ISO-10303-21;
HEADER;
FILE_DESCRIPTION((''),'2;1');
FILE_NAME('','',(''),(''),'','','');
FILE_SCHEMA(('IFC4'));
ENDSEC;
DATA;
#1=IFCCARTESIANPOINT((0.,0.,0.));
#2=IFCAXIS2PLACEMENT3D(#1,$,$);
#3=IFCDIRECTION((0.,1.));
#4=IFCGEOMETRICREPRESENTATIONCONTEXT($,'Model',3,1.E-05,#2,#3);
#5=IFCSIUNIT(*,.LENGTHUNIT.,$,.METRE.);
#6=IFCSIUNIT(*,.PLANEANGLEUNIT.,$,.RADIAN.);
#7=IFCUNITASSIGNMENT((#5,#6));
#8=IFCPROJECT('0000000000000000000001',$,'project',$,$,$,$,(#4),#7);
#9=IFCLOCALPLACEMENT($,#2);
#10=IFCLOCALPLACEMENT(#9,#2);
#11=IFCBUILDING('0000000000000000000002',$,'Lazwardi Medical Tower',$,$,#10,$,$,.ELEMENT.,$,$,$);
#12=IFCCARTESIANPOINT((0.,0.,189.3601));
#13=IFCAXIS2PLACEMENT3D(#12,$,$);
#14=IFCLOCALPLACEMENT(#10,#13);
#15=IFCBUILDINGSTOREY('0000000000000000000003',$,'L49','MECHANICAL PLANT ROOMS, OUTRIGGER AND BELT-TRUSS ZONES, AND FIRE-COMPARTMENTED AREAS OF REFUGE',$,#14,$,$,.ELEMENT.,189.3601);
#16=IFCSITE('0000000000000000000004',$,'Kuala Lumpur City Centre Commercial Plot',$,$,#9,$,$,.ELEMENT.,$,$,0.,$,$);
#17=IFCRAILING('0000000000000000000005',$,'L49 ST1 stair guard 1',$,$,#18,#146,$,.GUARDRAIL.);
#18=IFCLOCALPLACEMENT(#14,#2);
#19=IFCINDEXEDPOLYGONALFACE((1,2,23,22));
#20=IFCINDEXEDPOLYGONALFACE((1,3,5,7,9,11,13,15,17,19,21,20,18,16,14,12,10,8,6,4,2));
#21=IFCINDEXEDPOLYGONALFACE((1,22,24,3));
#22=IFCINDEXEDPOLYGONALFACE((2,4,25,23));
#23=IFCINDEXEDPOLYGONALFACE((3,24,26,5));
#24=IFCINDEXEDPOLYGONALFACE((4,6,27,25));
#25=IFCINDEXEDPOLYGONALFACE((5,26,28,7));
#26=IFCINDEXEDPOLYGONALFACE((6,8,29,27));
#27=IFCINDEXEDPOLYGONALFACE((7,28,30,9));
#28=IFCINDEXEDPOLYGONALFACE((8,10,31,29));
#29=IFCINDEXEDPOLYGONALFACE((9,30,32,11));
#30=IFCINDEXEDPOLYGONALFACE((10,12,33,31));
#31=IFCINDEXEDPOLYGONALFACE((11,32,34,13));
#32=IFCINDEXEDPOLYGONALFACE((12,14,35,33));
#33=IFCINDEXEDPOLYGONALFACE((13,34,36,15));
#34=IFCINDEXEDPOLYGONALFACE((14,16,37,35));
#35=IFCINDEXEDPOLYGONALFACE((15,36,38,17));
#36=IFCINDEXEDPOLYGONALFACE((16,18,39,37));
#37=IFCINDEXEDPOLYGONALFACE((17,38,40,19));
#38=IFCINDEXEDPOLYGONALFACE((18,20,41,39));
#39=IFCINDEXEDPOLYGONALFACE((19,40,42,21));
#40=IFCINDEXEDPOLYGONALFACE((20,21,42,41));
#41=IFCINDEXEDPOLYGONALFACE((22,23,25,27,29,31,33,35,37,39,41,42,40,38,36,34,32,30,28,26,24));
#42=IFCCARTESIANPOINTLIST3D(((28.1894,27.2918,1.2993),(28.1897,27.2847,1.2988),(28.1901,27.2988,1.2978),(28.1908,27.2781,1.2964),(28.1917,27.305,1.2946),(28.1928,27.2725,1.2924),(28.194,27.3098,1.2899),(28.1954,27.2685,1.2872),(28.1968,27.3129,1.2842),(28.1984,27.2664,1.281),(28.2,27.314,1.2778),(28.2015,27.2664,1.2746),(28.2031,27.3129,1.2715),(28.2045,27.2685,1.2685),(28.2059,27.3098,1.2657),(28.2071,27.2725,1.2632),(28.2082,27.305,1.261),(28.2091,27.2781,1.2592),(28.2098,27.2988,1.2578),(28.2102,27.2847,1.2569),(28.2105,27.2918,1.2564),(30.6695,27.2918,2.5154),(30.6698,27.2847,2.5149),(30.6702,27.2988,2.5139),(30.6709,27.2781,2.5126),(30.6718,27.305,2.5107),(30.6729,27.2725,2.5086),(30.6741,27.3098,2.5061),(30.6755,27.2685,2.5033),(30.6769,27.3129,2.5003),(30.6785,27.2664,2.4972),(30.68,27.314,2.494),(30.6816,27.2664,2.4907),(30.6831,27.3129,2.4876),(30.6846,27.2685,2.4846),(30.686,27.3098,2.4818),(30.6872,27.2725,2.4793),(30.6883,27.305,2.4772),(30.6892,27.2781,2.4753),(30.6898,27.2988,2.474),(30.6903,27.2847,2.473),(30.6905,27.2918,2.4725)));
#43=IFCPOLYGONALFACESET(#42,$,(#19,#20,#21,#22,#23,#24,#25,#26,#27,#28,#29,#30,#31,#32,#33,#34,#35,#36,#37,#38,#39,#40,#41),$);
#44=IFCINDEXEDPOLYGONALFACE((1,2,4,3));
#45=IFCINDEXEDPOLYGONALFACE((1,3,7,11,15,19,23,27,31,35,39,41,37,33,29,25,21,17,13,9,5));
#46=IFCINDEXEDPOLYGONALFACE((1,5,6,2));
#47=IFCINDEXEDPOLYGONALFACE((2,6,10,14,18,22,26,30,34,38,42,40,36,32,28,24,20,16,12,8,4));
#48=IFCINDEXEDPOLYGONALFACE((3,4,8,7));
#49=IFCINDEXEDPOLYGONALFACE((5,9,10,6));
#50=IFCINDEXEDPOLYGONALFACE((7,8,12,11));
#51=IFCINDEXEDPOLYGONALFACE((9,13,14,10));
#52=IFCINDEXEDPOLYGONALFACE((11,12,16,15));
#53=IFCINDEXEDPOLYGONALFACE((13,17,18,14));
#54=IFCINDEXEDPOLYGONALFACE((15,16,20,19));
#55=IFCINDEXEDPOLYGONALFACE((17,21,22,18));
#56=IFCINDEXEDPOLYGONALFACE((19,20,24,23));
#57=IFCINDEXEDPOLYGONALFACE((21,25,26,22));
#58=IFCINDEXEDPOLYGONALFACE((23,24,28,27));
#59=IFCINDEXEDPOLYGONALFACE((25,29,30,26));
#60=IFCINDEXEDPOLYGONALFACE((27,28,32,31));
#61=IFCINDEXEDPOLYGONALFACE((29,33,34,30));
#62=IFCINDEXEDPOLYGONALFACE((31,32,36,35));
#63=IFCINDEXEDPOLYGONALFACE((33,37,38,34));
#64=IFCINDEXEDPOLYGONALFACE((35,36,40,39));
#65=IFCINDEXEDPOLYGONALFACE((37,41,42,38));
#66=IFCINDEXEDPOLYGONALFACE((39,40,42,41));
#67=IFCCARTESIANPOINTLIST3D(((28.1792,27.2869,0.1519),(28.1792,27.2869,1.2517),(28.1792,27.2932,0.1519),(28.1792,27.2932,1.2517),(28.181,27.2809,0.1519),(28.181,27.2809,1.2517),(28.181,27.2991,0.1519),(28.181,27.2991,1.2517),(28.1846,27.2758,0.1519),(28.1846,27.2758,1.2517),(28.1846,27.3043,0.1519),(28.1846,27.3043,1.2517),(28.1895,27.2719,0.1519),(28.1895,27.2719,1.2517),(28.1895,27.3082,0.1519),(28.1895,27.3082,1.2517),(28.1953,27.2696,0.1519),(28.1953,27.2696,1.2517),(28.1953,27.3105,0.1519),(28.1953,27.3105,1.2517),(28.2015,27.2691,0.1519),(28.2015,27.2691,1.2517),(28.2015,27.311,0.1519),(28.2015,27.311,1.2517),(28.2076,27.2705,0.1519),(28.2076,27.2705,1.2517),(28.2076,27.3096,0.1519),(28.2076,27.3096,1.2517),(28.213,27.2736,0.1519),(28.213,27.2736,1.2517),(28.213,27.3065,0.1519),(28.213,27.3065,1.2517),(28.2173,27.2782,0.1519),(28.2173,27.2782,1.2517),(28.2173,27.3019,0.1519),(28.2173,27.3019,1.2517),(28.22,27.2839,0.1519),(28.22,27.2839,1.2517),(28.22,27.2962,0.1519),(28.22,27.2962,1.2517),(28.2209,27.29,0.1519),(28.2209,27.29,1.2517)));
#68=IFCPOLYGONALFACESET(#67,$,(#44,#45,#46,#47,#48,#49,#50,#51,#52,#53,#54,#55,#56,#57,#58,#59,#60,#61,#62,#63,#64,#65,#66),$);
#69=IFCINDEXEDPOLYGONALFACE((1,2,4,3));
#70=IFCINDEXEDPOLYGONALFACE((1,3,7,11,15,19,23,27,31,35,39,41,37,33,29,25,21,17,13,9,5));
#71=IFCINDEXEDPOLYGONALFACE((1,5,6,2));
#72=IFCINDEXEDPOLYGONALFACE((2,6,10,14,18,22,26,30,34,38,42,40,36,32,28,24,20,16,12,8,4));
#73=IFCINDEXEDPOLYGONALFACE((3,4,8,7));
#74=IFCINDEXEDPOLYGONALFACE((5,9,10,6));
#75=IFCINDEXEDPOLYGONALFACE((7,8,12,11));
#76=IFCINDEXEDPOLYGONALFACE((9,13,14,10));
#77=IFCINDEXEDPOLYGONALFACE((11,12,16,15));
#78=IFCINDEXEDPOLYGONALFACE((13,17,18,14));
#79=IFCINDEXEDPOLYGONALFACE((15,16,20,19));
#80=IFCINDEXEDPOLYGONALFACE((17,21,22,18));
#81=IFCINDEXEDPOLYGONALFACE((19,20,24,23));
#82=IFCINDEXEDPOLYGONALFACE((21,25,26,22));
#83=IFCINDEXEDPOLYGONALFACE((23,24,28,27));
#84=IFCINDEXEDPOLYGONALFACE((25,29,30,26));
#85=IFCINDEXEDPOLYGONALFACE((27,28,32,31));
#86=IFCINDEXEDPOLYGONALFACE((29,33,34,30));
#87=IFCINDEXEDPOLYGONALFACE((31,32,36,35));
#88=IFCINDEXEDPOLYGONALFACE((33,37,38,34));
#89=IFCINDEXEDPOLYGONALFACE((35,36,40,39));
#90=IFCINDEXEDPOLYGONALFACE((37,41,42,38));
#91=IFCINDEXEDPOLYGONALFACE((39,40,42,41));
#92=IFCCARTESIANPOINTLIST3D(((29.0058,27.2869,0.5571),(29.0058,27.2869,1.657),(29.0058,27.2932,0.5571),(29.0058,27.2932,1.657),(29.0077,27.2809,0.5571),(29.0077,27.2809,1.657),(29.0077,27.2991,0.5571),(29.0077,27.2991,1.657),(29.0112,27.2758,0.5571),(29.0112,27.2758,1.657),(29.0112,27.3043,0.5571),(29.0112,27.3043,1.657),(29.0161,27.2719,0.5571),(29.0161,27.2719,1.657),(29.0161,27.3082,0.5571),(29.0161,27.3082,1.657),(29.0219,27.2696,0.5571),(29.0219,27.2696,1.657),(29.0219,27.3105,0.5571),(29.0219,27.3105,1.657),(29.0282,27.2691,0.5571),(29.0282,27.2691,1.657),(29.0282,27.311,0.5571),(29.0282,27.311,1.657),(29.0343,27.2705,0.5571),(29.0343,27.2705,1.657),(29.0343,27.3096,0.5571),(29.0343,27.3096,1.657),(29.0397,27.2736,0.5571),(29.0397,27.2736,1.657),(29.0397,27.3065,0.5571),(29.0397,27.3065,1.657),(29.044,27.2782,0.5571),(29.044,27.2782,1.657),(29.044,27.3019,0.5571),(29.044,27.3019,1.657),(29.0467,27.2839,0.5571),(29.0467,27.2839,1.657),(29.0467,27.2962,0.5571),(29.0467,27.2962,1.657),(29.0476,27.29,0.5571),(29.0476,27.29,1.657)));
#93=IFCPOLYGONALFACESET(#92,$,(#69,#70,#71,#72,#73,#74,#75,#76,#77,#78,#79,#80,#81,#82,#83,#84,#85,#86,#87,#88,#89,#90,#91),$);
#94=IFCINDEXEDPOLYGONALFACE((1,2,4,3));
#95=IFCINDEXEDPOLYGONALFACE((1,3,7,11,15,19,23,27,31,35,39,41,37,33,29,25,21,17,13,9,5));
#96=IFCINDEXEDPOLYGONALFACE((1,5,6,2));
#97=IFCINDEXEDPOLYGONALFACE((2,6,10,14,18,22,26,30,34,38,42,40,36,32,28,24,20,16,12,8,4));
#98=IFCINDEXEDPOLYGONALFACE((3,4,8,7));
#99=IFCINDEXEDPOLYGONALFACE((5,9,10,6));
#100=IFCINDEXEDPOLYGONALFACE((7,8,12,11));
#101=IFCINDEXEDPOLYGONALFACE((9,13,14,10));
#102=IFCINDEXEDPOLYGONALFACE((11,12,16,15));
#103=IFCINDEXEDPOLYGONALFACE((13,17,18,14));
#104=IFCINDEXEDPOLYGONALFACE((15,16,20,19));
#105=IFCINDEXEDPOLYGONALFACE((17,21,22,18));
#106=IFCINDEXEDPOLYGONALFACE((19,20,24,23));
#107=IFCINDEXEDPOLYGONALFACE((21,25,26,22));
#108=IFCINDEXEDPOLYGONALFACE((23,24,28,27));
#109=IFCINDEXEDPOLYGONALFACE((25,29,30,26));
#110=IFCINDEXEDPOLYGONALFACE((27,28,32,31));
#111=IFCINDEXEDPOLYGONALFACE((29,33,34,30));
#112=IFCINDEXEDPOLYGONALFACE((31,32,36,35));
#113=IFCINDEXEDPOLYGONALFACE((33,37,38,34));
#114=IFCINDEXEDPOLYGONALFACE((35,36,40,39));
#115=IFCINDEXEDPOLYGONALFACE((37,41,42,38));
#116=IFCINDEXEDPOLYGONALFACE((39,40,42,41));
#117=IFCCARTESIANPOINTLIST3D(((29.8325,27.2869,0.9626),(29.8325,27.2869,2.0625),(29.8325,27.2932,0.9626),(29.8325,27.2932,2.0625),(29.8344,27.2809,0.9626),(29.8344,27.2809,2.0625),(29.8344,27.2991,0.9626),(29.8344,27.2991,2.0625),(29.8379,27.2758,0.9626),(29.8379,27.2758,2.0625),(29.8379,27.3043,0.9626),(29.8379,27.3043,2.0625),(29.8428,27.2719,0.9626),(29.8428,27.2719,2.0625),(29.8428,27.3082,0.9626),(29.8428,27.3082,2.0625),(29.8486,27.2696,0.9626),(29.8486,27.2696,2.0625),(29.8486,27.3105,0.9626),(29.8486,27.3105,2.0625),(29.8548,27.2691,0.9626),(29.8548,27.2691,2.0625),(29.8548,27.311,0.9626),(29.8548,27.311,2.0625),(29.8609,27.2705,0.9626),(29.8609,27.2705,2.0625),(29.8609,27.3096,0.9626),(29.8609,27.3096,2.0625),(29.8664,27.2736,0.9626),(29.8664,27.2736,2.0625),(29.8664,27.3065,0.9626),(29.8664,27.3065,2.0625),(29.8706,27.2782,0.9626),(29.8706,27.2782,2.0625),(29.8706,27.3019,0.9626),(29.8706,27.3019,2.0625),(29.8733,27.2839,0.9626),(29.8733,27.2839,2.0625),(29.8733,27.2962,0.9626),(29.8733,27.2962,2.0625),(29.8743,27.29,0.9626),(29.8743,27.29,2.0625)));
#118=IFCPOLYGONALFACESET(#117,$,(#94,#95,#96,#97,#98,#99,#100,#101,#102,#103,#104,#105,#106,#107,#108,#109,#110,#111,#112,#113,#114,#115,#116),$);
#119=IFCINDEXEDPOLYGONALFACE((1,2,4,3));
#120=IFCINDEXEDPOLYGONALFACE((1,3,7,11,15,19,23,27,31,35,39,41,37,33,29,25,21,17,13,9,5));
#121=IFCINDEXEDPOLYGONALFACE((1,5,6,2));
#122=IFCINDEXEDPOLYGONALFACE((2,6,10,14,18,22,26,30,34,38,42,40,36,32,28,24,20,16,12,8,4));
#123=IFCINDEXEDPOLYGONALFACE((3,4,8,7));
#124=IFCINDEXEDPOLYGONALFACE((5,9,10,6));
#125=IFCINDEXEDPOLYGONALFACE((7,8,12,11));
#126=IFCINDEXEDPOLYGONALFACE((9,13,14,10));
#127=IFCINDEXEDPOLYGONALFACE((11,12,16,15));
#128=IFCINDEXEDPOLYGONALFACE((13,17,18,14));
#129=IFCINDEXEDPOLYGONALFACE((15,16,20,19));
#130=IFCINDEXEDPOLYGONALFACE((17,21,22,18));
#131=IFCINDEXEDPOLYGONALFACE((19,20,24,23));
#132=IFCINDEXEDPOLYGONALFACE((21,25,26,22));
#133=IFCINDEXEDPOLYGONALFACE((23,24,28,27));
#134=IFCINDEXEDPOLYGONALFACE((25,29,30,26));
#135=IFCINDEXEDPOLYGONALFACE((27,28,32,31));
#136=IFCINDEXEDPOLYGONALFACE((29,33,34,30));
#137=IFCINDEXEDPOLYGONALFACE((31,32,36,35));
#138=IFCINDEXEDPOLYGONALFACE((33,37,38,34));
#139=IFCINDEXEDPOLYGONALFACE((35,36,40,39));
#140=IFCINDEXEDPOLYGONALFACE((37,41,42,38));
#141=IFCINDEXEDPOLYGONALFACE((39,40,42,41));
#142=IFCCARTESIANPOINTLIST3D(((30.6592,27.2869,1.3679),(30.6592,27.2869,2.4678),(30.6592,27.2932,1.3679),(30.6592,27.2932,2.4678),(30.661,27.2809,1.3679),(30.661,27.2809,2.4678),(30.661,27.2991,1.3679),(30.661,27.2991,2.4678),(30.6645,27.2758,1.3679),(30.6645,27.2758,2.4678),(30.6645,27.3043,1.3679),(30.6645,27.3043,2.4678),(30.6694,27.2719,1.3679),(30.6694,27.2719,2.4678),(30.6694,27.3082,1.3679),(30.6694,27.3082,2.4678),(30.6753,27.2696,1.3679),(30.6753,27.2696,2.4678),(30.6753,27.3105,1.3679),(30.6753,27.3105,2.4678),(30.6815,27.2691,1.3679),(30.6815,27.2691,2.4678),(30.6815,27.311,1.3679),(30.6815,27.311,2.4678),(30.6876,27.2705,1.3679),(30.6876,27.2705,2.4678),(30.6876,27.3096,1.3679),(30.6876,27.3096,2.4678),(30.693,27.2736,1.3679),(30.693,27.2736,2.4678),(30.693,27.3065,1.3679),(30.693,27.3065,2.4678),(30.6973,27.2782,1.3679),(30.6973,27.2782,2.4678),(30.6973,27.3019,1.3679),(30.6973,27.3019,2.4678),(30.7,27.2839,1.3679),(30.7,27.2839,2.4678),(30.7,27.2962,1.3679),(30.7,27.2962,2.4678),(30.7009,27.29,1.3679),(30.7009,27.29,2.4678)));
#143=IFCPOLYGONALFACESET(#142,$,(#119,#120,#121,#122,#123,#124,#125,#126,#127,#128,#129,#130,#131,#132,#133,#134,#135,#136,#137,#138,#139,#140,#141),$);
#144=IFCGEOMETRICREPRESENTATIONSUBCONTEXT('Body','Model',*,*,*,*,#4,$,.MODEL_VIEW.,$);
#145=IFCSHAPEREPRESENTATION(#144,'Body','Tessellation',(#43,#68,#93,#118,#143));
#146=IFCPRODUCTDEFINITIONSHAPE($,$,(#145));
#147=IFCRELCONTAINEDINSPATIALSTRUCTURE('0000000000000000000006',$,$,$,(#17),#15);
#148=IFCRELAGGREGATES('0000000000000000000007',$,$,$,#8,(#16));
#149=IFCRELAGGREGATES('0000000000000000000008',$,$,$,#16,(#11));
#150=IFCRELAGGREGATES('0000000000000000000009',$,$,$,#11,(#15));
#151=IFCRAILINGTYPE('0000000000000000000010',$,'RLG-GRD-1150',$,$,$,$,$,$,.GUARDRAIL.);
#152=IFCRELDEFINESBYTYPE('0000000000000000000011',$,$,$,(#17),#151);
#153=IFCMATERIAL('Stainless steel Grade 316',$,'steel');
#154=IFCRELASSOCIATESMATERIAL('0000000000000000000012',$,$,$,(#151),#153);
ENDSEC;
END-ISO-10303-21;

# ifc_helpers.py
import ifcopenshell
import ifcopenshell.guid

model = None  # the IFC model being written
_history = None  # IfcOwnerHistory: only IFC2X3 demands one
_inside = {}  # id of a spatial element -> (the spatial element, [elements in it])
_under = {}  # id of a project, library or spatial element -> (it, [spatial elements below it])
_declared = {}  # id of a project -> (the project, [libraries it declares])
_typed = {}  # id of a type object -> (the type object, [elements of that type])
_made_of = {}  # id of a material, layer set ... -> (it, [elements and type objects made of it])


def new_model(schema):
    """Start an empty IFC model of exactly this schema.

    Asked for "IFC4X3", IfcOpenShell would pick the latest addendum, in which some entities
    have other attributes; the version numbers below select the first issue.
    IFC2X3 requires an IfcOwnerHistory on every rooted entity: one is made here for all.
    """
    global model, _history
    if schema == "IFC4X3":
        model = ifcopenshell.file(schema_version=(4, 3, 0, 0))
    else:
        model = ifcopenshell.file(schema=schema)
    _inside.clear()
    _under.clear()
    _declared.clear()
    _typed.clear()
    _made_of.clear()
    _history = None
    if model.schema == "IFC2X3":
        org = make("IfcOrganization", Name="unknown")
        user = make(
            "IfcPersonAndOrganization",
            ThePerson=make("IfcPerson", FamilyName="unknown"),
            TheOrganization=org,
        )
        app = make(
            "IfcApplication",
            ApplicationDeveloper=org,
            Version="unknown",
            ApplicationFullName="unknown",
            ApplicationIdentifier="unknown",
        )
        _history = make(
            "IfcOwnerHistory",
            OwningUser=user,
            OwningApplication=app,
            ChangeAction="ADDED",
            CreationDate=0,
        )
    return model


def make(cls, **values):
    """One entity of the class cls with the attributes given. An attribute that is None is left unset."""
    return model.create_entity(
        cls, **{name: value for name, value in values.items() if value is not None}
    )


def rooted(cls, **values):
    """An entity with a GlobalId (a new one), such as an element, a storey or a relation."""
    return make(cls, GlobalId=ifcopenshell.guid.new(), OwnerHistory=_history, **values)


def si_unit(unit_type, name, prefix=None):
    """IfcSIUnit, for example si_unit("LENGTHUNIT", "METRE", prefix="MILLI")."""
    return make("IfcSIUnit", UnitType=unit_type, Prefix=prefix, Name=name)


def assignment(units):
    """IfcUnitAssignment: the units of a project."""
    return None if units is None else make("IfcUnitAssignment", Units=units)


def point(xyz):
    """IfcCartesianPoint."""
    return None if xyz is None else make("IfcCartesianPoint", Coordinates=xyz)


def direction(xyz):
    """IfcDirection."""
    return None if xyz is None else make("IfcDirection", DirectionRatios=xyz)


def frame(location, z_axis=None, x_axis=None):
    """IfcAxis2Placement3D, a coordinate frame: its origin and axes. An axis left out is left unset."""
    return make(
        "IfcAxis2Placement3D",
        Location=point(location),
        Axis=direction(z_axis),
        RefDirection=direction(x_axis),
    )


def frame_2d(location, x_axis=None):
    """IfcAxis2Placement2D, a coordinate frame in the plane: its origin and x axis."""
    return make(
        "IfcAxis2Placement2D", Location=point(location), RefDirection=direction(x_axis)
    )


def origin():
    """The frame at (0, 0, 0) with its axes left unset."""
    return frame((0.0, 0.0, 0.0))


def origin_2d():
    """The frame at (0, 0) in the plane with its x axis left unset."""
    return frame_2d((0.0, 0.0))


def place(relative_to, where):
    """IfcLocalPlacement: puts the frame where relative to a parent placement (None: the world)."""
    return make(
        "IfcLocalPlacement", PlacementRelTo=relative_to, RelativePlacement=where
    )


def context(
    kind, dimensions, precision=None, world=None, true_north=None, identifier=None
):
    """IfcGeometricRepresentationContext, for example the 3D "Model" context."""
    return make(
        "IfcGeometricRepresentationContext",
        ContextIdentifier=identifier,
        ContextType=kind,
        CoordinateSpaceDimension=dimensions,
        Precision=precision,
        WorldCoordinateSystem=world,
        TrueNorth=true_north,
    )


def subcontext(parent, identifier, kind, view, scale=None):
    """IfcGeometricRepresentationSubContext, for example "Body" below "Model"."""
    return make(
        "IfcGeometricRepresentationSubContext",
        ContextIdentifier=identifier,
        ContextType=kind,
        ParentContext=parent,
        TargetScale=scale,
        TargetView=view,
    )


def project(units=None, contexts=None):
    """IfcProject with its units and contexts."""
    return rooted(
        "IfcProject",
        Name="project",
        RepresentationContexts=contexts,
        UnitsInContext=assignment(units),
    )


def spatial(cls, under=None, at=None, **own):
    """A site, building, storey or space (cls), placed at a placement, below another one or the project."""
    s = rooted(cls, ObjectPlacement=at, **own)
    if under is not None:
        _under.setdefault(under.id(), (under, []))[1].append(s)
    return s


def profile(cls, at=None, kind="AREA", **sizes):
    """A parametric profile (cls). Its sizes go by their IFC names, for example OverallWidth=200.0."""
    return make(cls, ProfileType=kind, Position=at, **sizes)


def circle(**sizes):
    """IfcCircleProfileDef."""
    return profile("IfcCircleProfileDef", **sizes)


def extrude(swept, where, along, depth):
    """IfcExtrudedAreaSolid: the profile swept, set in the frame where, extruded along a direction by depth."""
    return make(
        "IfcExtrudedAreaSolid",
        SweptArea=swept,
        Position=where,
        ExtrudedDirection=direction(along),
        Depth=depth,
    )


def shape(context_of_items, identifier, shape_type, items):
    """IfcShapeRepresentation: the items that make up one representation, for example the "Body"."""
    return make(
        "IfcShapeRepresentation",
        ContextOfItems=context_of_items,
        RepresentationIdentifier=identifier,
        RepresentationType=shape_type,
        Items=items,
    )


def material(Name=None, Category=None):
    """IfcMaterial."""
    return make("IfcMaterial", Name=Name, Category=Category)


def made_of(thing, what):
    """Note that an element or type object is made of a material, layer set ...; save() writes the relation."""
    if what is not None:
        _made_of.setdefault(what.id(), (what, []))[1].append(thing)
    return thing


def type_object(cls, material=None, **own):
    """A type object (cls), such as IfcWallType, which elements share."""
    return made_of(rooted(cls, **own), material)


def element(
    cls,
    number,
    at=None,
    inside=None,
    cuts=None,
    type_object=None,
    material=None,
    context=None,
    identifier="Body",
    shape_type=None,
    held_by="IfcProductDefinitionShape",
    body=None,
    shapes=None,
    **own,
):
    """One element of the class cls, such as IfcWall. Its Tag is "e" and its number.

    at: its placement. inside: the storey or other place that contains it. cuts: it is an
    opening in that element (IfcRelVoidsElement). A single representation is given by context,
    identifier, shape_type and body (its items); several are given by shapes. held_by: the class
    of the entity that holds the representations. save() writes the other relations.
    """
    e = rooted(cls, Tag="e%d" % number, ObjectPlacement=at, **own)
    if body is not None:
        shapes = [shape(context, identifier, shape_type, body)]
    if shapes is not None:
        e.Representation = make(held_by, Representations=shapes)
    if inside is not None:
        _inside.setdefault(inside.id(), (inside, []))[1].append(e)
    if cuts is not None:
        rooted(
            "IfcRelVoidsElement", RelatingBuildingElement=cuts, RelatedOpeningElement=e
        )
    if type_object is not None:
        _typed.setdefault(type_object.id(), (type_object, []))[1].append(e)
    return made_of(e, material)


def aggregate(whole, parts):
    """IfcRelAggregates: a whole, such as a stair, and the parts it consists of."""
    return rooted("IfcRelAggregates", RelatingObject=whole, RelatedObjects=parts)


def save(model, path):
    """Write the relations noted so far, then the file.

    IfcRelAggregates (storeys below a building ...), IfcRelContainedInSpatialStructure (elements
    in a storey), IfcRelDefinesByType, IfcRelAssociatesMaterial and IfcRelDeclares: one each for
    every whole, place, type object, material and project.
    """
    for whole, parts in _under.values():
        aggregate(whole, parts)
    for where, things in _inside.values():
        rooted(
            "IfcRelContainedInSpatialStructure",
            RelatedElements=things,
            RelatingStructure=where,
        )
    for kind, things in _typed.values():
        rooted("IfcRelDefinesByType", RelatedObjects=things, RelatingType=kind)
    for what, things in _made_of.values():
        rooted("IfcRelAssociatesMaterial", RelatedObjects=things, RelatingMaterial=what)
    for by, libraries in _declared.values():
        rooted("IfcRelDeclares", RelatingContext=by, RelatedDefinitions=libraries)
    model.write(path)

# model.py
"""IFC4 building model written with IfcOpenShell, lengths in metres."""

from ifc_helpers import new_model, si_unit, direction, frame, origin, origin_2d, place, context, subcontext, project, spatial, circle, extrude, material, type_object, element, save


model = new_model("IFC4")

# Units and contexts
model_context = context("Model", 3, precision=1e-05, world=origin(), true_north=direction((0.0, 1.0)))
body_context = subcontext(model_context, "Body", "Model", "MODEL_VIEW")
ifc_project = project(units=[si_unit("LENGTHUNIT", "METRE"), si_unit("PLANEANGLEUNIT", "RADIAN")], contexts=[model_context])

# Site, building, storey
site_placement = place(None, origin())
site = spatial("IfcSite", under=ifc_project, at=site_placement, Name="Kuala Lumpur City Centre Commercial Plot", CompositionType="ELEMENT", RefElevation=0.0)
building_placement = place(site_placement, origin())
building = spatial("IfcBuilding", under=site, at=building_placement, Name="Lazwardi Medical Tower", CompositionType="ELEMENT")
storey_placement = place(building_placement, frame((0.0, 0.0, 189.3601)))
storey = spatial("IfcBuildingStorey", under=building, at=storey_placement, Name="L49", Description="MECHANICAL PLANT ROOMS, OUTRIGGER AND BELT-TRUSS ZONES, AND FIRE-COMPARTMENTED AREAS OF REFUGE", CompositionType="ELEMENT", Elevation=189.3601)

# Railing
ifc_material_1 = material(Name="Stainless steel Grade 316", Category="steel")
railing_type_1 = type_object("IfcRailingType", Name="RLG-GRD-1150", PredefinedType="GUARDRAIL", material=ifc_material_1)
railing_1_placement = place(storey_placement, frame((28.2, 27.29, 0.1519)))
element("IfcRailing", 1, at=railing_1_placement, inside=storey, type_object=railing_type_1, Name="L49 ST1 stair guard 1", PredefinedType="GUARDRAIL", context=body_context, shape_type="SweptSolid", body=[
    extrude(circle(Radius=0.0239, at=origin_2d()), frame((0.0, 0.0, 1.126), z_axis=(0.897865, 0.0, 0.44027), x_axis=(0.0, 1.0, 0.0)), (0.0, 0.0, 1.0), 2.7622),
    extrude(circle(Radius=0.021, at=origin_2d()), origin(), (0.0, 0.0, 1.0), 1.0999),
    extrude(circle(Radius=0.021, at=origin_2d()), frame((0.8267, 0.0, 0.4053)), (0.0, 0.0, 1.0), 1.0999),
    extrude(circle(Radius=0.021, at=origin_2d()), frame((1.6533, 0.0, 0.8108)), (0.0, 0.0, 1.0), 1.0999),
    extrude(circle(Radius=0.021, at=origin_2d()), frame((2.48, 0.0, 1.2161)), (0.0, 0.0, 1.0), 1.0999),
])

save(model, "model.ifc")
